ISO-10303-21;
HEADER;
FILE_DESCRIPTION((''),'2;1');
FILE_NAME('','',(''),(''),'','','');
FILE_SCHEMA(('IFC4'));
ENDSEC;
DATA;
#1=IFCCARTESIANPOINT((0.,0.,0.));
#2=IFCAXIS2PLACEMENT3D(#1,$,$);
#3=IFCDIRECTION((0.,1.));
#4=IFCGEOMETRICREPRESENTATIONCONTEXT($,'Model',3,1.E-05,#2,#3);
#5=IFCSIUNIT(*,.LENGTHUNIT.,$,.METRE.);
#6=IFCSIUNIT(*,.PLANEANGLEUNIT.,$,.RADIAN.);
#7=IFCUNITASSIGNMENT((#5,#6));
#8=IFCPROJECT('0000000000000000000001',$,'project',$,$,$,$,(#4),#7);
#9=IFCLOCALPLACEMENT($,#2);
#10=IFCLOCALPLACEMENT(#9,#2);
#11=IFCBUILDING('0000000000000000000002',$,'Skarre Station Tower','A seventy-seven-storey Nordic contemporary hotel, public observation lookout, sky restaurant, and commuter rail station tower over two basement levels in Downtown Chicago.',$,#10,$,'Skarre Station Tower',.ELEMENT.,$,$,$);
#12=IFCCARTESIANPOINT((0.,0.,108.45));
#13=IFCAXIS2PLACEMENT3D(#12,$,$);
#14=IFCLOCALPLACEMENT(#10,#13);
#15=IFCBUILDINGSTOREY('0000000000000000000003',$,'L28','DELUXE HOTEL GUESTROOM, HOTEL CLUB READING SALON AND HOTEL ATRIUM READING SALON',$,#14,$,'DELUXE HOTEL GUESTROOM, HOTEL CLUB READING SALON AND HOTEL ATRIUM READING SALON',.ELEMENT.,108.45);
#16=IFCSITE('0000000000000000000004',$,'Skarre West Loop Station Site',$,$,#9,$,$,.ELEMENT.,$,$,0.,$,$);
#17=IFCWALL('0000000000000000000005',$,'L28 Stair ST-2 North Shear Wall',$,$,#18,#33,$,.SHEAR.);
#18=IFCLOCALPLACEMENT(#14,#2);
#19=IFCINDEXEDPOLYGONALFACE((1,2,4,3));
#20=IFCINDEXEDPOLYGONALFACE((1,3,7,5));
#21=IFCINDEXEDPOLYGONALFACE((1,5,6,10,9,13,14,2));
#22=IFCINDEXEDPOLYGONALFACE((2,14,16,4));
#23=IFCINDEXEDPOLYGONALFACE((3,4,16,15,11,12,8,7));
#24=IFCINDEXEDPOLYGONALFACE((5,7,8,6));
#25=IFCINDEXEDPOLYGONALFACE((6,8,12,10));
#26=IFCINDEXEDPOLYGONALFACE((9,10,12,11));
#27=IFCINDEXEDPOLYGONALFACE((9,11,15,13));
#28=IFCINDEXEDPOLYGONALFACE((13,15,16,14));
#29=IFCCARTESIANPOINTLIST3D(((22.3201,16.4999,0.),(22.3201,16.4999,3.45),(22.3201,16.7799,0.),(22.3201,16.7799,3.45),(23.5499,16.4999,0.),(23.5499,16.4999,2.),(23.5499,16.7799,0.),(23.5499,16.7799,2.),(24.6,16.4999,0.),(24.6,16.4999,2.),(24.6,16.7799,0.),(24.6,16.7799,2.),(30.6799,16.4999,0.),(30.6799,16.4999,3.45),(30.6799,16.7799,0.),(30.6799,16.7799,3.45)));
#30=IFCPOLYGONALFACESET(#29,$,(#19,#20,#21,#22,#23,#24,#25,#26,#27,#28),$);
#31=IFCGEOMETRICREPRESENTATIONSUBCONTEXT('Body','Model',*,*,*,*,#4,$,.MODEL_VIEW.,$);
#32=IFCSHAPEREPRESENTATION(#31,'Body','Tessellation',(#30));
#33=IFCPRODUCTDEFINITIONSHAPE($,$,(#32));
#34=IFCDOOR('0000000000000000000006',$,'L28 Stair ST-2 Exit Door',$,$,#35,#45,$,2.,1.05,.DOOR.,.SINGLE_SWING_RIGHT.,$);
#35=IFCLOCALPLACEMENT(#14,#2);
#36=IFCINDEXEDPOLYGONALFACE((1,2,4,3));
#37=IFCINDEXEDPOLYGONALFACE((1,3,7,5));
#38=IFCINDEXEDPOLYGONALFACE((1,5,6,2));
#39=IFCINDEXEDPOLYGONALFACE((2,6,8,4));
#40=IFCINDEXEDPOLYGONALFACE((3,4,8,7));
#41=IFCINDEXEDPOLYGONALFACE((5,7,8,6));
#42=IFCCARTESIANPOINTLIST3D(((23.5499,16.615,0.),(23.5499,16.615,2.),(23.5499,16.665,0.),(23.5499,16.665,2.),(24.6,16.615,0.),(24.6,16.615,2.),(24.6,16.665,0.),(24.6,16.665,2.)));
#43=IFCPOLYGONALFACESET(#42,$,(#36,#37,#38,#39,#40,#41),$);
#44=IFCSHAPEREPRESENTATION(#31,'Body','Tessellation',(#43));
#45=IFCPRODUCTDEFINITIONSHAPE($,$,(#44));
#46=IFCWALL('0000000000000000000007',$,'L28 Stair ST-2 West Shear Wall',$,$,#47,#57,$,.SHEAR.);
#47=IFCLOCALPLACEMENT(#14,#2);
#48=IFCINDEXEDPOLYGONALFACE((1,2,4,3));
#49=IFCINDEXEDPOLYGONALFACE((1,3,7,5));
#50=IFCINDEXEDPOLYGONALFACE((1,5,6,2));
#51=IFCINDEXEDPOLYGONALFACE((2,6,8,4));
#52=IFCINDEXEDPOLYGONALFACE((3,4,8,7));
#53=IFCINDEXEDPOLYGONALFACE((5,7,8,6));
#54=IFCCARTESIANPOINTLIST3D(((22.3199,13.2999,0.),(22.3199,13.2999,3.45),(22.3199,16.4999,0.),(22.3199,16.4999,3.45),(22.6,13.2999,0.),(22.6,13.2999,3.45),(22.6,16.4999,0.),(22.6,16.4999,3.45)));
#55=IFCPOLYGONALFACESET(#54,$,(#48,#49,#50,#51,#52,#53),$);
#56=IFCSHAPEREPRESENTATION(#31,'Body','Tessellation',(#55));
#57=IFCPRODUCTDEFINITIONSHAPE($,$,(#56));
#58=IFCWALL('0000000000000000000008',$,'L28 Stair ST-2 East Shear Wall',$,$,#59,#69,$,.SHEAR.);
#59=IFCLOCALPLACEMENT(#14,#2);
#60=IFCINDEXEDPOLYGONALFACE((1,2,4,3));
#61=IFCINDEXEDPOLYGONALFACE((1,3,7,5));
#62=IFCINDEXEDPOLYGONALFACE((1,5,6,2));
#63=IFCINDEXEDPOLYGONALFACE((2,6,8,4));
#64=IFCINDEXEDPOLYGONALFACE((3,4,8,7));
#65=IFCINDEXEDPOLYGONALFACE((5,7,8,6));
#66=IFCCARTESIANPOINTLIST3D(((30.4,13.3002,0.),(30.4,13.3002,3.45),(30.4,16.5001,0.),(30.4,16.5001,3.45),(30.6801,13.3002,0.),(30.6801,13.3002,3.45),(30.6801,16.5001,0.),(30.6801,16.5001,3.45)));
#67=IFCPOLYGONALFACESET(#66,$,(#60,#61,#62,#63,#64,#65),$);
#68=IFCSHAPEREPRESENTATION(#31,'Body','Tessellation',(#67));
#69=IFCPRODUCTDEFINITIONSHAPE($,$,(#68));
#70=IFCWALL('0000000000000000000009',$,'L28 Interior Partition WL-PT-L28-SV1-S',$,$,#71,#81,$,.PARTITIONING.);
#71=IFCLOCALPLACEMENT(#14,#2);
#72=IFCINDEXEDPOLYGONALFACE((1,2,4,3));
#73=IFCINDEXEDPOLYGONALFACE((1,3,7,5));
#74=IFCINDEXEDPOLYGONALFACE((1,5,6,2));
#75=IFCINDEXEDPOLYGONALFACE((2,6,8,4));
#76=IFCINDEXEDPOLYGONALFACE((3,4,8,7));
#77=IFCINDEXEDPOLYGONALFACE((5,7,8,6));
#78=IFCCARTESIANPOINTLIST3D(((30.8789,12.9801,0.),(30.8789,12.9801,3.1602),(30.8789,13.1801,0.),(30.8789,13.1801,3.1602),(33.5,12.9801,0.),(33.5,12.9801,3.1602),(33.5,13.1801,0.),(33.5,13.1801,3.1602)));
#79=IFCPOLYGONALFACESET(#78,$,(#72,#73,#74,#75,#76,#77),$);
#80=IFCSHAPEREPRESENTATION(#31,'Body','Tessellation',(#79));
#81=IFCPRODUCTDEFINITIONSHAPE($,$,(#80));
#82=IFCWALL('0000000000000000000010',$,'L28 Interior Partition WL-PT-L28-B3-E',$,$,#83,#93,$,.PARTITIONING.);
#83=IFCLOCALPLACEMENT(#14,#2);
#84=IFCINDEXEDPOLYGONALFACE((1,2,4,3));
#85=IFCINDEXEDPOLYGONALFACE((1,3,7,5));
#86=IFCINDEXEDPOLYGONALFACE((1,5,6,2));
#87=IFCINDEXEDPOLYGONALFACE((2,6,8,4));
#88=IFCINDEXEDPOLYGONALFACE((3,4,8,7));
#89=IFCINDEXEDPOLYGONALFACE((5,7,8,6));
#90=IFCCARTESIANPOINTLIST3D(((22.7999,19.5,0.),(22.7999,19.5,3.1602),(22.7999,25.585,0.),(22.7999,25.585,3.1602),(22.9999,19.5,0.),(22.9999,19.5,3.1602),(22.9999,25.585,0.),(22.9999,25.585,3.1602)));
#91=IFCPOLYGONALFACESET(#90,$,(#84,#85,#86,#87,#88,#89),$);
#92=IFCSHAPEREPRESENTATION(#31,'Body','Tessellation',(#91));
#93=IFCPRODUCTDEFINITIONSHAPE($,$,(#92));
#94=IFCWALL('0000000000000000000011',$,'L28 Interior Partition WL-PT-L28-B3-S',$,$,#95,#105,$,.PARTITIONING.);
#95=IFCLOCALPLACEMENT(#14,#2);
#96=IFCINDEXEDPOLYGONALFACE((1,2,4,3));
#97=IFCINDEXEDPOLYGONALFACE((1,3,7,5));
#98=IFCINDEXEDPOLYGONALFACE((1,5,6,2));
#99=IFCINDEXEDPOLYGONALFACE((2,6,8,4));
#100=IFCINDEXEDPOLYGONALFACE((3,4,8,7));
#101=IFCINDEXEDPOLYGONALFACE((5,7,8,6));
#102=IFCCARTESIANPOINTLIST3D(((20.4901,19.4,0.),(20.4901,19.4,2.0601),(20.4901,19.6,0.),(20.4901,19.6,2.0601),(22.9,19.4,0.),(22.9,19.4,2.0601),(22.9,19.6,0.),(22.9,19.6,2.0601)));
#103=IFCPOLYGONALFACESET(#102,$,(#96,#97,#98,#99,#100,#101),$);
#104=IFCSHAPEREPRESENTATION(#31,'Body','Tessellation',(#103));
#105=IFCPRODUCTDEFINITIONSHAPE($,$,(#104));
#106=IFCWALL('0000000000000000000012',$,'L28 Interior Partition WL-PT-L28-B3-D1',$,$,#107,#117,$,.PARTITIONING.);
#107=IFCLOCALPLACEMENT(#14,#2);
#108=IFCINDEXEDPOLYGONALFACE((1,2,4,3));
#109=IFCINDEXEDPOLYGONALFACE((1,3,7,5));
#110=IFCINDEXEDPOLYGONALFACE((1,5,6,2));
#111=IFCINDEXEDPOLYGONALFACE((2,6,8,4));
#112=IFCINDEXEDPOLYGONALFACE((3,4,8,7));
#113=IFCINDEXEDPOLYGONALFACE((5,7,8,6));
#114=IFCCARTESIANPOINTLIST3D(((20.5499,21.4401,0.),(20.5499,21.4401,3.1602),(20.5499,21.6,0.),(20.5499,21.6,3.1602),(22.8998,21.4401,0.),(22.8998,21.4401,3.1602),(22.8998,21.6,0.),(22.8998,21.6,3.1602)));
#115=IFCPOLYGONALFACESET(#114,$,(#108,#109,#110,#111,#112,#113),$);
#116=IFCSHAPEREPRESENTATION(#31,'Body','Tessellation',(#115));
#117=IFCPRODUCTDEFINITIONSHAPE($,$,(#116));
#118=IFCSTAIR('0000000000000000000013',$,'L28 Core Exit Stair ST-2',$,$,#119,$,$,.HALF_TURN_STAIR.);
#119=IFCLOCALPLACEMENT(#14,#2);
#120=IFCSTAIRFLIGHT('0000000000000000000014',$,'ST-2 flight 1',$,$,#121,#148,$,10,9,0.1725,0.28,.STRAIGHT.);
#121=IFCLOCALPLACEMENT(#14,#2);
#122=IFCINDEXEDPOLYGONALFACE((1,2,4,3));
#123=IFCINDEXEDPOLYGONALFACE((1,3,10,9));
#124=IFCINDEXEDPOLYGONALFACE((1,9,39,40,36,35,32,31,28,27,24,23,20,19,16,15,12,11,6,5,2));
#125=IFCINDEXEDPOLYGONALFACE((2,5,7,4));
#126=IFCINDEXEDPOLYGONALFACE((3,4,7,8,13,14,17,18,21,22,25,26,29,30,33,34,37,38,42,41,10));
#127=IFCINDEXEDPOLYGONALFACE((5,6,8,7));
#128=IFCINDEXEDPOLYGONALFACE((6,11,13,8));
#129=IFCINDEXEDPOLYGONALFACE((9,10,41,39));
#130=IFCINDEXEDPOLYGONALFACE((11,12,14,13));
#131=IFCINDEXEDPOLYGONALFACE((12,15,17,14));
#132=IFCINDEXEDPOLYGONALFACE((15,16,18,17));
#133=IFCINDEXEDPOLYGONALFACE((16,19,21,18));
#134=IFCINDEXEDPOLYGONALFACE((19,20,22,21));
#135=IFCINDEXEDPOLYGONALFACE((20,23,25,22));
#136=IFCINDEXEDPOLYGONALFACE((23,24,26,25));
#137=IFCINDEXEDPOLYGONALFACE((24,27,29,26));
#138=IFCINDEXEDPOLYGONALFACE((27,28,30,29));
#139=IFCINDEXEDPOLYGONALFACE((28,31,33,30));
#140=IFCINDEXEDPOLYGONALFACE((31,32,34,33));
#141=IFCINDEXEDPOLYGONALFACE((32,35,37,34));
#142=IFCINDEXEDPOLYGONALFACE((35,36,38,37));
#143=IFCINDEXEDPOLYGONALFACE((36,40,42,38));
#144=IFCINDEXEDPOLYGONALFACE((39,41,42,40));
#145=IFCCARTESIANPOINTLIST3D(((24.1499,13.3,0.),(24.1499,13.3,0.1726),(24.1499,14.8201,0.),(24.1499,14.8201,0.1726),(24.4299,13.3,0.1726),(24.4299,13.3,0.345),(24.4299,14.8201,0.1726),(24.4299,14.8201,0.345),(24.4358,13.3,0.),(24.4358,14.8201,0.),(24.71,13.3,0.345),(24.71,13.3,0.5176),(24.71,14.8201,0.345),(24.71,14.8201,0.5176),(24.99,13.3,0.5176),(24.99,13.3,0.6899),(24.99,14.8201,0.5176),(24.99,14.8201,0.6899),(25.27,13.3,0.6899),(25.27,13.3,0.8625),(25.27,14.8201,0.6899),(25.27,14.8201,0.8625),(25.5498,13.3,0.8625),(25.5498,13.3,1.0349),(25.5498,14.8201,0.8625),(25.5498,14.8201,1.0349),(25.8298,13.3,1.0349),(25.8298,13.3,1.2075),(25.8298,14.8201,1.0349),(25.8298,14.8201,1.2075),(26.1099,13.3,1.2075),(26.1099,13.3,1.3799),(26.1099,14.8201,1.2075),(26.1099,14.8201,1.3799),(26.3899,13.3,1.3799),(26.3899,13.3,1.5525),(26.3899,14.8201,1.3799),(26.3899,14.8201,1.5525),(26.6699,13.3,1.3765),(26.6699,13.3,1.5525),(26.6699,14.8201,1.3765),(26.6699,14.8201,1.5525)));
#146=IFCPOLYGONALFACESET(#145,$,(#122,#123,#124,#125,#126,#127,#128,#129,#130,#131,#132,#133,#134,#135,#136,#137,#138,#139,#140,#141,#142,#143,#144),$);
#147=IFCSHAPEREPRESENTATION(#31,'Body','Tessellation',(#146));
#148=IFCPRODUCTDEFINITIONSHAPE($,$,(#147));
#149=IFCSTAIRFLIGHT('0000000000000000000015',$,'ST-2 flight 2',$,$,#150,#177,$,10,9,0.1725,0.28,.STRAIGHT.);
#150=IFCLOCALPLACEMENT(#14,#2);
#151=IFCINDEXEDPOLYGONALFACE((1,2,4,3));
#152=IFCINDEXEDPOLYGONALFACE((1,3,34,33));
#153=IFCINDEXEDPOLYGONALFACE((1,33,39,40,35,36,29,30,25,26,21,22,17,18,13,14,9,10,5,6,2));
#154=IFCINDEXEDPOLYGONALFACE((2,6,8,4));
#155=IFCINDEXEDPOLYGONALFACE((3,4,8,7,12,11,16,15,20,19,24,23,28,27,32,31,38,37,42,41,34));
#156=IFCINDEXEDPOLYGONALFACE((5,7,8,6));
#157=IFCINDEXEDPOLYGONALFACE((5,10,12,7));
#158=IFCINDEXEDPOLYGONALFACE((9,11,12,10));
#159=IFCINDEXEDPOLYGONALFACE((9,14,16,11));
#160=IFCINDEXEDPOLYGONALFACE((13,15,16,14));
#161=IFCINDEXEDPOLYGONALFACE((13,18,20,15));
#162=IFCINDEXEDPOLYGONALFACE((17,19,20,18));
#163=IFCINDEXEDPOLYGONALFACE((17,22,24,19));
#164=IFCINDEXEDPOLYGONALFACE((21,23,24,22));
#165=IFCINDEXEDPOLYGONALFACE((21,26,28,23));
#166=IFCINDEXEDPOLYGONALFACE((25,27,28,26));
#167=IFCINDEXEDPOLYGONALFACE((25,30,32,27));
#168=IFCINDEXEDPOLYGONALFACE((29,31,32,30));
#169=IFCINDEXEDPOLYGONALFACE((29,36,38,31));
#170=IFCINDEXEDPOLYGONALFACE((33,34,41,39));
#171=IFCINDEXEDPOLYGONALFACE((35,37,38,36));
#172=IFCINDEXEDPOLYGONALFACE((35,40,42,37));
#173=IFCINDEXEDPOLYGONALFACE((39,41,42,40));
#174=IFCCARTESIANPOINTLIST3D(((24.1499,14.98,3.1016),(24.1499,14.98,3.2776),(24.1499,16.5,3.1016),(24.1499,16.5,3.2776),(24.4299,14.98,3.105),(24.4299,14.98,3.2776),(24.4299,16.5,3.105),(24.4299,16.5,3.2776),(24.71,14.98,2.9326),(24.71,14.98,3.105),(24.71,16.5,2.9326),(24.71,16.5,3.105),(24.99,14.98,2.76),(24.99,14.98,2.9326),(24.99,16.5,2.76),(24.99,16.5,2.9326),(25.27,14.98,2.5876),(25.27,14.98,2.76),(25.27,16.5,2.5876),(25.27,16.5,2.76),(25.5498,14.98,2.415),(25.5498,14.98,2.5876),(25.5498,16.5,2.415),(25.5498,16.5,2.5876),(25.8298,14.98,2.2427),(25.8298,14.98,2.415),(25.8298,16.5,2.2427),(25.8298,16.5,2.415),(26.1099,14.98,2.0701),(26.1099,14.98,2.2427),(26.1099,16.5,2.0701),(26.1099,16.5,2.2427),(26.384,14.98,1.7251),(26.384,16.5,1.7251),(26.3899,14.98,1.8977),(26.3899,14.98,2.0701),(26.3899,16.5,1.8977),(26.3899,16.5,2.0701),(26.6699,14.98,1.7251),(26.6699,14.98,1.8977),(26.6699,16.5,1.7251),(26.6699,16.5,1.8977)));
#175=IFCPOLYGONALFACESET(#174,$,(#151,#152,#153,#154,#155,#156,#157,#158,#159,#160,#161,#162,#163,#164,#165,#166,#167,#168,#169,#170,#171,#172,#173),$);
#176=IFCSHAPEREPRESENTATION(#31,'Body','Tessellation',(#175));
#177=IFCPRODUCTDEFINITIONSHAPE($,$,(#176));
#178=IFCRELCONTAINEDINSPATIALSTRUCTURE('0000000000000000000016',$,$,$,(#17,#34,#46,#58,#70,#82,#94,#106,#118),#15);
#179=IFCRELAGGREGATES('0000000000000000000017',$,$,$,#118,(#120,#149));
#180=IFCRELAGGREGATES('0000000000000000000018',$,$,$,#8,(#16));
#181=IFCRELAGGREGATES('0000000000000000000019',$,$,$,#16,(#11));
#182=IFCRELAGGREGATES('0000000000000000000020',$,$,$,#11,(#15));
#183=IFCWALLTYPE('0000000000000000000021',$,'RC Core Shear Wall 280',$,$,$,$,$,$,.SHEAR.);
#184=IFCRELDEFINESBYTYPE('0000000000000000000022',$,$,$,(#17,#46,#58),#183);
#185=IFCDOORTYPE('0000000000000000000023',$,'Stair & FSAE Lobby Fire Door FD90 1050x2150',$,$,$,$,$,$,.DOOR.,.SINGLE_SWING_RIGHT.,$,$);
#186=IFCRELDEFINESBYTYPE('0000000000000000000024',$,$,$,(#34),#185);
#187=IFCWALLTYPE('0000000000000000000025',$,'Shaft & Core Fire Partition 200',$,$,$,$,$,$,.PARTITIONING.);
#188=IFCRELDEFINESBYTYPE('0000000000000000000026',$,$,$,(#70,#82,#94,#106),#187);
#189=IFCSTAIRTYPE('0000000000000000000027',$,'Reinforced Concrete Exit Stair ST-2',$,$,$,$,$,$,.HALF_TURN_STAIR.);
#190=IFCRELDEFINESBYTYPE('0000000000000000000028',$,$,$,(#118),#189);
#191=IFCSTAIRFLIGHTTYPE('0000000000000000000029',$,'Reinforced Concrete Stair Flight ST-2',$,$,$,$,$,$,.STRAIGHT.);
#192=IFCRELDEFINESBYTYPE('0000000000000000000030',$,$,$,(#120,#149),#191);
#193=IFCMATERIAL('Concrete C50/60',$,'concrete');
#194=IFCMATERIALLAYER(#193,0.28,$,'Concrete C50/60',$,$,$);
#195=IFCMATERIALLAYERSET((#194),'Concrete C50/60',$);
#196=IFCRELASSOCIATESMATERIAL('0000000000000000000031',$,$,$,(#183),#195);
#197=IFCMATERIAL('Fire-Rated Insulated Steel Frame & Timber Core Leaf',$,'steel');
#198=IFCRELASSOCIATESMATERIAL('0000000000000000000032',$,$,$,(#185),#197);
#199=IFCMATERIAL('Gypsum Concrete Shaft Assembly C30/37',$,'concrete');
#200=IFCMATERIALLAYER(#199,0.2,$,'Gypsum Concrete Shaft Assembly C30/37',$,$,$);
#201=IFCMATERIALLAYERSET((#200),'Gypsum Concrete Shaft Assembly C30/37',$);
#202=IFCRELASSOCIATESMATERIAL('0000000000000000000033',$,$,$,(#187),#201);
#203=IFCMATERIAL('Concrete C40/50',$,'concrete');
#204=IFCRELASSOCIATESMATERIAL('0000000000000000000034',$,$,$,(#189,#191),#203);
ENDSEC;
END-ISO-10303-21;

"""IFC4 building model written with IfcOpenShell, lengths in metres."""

from ifc_helpers import new_model, si_unit, direction, frame, frame_2d, origin, place, context, subcontext, project, spatial, polyline, rectangle, outline, extrude, material, layer, layer_set, type_object, element, fill, aggregate, save


model = new_model("IFC4")

# Units and contexts
model_context = context("Model", 3, precision=1e-05, world=origin(), true_north=direction((0.0, 1.0)))
body_context = subcontext(model_context, "Body", "Model", "MODEL_VIEW")
ifc_project = project(units=[si_unit("LENGTHUNIT", "METRE"), si_unit("PLANEANGLEUNIT", "RADIAN")], contexts=[model_context])

# Site, building, storey
site_placement = place(None, origin())
site = spatial("IfcSite", under=ifc_project, at=site_placement, Name="Skarre West Loop Station Site", CompositionType="ELEMENT", RefElevation=0.0)
building_placement = place(site_placement, origin())
building = spatial("IfcBuilding", under=site, at=building_placement, Name="Skarre Station Tower", Description="A seventy-seven-storey Nordic contemporary hotel, public observation lookout, sky restaurant, and commuter rail station tower over two basement levels in Downtown Chicago.", LongName="Skarre Station Tower", CompositionType="ELEMENT")
storey_placement = place(building_placement, frame((0.0, 0.0, 108.45)))
storey = spatial("IfcBuildingStorey", under=building, at=storey_placement, Name="L28", Description="DELUXE HOTEL GUESTROOM, HOTEL CLUB READING SALON AND HOTEL ATRIUM READING SALON", LongName="DELUXE HOTEL GUESTROOM, HOTEL CLUB READING SALON AND HOTEL ATRIUM READING SALON", CompositionType="ELEMENT", Elevation=108.45)

# Shared definitions
ifc_material_1 = material(Name="Concrete C50/60", Category="concrete")
ifc_layer_1 = layer(ifc_material_1, 0.28, Name="Concrete C50/60")
ifc_layer_set_1 = layer_set([ifc_layer_1], Name="Concrete C50/60")
wall_type_1 = type_object("IfcWallType", Name="RC Core Shear Wall 280", PredefinedType="SHEAR", material=ifc_layer_set_1)

# Wall, opening, door
wall_1_placement = place(storey_placement, frame((30.6799, 16.6399, 0.0), z_axis=(0.0, 0.0, 1.0), x_axis=(-1.0, 0.0, 0.0)))
wall_1 = element("IfcWall", 1, at=wall_1_placement, inside=storey, type_object=wall_type_1, Name="L28 Stair ST-2 North Shear Wall", PredefinedType="SHEAR", context=body_context, shape_type="SweptSolid", body=[
    extrude(rectangle(XDim=8.3599, YDim=0.28, at=frame_2d((4.1799, 0.0))), origin(), (0.0, 0.0, 1.0), 3.45),
])
opening_placement = place(wall_1_placement, frame((6.0801, 0.0, 0.0)))
opening = element("IfcOpeningElement", 2, at=opening_placement, cuts=wall_1, PredefinedType="OPENING", context=body_context, shape_type="SweptSolid", body=[
    extrude(rectangle(XDim=1.05, YDim=2.0, at=frame_2d((0.5249, 1.0))), frame((0.0, 0.1499, 0.0), z_axis=(0.0, -1.0, 0.0), x_axis=(1.0, 0.0, 0.0)), (0.0, 0.0, 1.0), 0.3),
])
ifc_material_2 = material(Name="Fire-Rated Insulated Steel Frame & Timber Core Leaf", Category="steel")
door_type = type_object("IfcDoorType", Name="Stair & FSAE Lobby Fire Door FD90 1050x2150", OperationType="SINGLE_SWING_RIGHT", PredefinedType="DOOR", material=ifc_material_2)
door_placement = place(opening_placement, origin())
door = element("IfcDoor", 3, at=door_placement, inside=storey, type_object=door_type, Name="L28 Stair ST-2 Exit Door", OperationType="SINGLE_SWING_RIGHT", OverallHeight=2.0, OverallWidth=1.05, PredefinedType="DOOR", context=body_context, shape_type="SweptSolid", body=[
    extrude(rectangle(XDim=1.05, YDim=2.0, at=frame_2d((0.5249, 1.0))), frame((0.0, 0.0249, 0.0), z_axis=(0.0, -1.0, 0.0), x_axis=(1.0, 0.0, 0.0)), (0.0, 0.0, 1.0), 0.05),
])
fill(opening, door)

# Walls
for number, where, z_axis, x_axis, name in (
    (4, (22.46, 16.5, 0.0), (0.0, 0.0, 1.0), (0.0, -1.0, 0.0), "L28 Stair ST-2 West Shear Wall"),
    (5, (30.54, 13.3, 0.0), (0.0, 0.0, 1.0), (0.0, 1.0, 0.0), "L28 Stair ST-2 East Shear Wall"),
):
    element("IfcWall", number, at=place(storey_placement, frame(where, z_axis=z_axis, x_axis=x_axis)), inside=storey, type_object=wall_type_1, Name=name, PredefinedType="SHEAR", context=body_context, shape_type="SweptSolid", body=[
        extrude(rectangle(XDim=3.2, YDim=0.28, at=frame_2d((1.6001, 0.0))), origin(), (0.0, 0.0, 1.0), 3.45),
    ])
ifc_material_3 = material(Name="Gypsum Concrete Shaft Assembly C30/37", Category="concrete")
ifc_layer_2 = layer(ifc_material_3, 0.2, Name="Gypsum Concrete Shaft Assembly C30/37")
ifc_layer_set_2 = layer_set([ifc_layer_2], Name="Gypsum Concrete Shaft Assembly C30/37")
wall_type_2 = type_object("IfcWallType", Name="Shaft & Core Fire Partition 200", PredefinedType="PARTITIONING", material=ifc_layer_set_2)
wall_2_placement = place(storey_placement, frame((30.8789, 13.0801, 0.0), z_axis=(0.0, 0.0, 1.0), x_axis=(1.0, 0.0, 0.0)))
element("IfcWall", 6, at=wall_2_placement, inside=storey, type_object=wall_type_2, Name="L28 Interior Partition WL-PT-L28-SV1-S", PredefinedType="PARTITIONING", context=body_context, shape_type="SweptSolid", body=[
    extrude(rectangle(XDim=2.6211, YDim=0.2, at=frame_2d((1.3105, 0.0))), origin(), (0.0, 0.0, 1.0), 3.1602),
])
wall_3_placement = place(storey_placement, frame((22.8999, 19.5, 0.0), z_axis=(0.0, 0.0, 1.0), x_axis=(0.0, 1.0, 0.0)))
element("IfcWall", 7, at=wall_3_placement, inside=storey, type_object=wall_type_2, Name="L28 Interior Partition WL-PT-L28-B3-E", PredefinedType="PARTITIONING", context=body_context, shape_type="SweptSolid", body=[
    extrude(rectangle(XDim=6.085, YDim=0.2, at=frame_2d((3.0425, 0.0))), origin(), (0.0, 0.0, 1.0), 3.1602),
])
wall_4_placement = place(storey_placement, frame((20.49, 19.5, 0.0), z_axis=(0.0, 0.0, 1.0), x_axis=(1.0, 0.0, 0.0)))
element("IfcWall", 8, at=wall_4_placement, inside=storey, type_object=wall_type_2, Name="L28 Interior Partition WL-PT-L28-B3-S", PredefinedType="PARTITIONING", context=body_context, shape_type="SweptSolid", body=[
    extrude(rectangle(XDim=2.4099, YDim=0.2, at=frame_2d((1.2051, 0.0))), origin(), (0.0, 0.0, 1.0), 2.0601),
])
wall_5_placement = place(storey_placement, frame((20.55, 21.52, 0.0), z_axis=(0.0, 0.0, 1.0), x_axis=(1.0, 0.0, 0.0)))
element("IfcWall", 9, at=wall_5_placement, inside=storey, type_object=wall_type_2, Name="L28 Interior Partition WL-PT-L28-B3-D1", PredefinedType="PARTITIONING", context=body_context, shape_type="SweptSolid", body=[
    extrude(rectangle(XDim=2.3499, YDim=0.1599, at=frame_2d((1.1748, 0.0))), origin(), (0.0, 0.0, 1.0), 3.1602),
])

# Stair, stair flights
ifc_material_4 = material(Name="Concrete C40/50", Category="concrete")
stair_type = type_object("IfcStairType", Name="Reinforced Concrete Exit Stair ST-2", PredefinedType="HALF_TURN_STAIR", material=ifc_material_4)
stair_placement = place(storey_placement, origin())
stair = element("IfcStair", 10, at=stair_placement, inside=storey, type_object=stair_type, Name="L28 Core Exit Stair ST-2", PredefinedType="HALF_TURN_STAIR")
stair_flight_type = type_object("IfcStairFlightType", Name="Reinforced Concrete Stair Flight ST-2", PredefinedType="STRAIGHT", material=ifc_material_4)
stair_flight_1_placement = place(storey_placement, frame((24.1499, 14.0601, 0.0), z_axis=(0.0, 0.0, 1.0), x_axis=(1.0, 0.0, 0.0)))
stair_flight_1 = element("IfcStairFlight", 11, at=stair_flight_1_placement, type_object=stair_flight_type, Name="ST-2 flight 1", NumberOfRisers=10, NumberOfTreads=9, PredefinedType="STRAIGHT", RiserHeight=0.1725, TreadLength=0.28, context=body_context, shape_type="SweptSolid", body=[
    extrude(outline(polyline([(0.0, 0.0), (0.0, 0.1726), (0.28, 0.1726), (0.28, 0.345), (0.5601, 0.345), (0.5601, 0.5176), (0.8401, 0.5176), (0.8401, 0.6899), (1.1201, 0.6899), (1.1201, 0.8625), (1.3999, 0.8625), (1.3999, 1.0349), (1.6799, 1.0349), (1.6799, 1.2075), (1.96, 1.2075), (1.96, 1.3799), (2.24, 1.3799), (2.24, 1.5525), (2.52, 1.5525), (2.52, 1.7251), (2.52, 1.3765), (0.2859, 0.0), (0.0, 0.0)])), frame((0.0, 0.76, 0.0), z_axis=(0.0, -1.0, 0.0), x_axis=(1.0, 0.0, 0.0)), (0.0, 0.0, 1.0), 1.52),
])
stair_flight_2_placement = place(storey_placement, frame((26.6699, 15.74, 1.7251), z_axis=(0.0, 0.0, 1.0), x_axis=(-1.0, 0.0, 0.0)))
stair_flight_2 = element("IfcStairFlight", 12, at=stair_flight_2_placement, type_object=stair_flight_type, Name="ST-2 flight 2", NumberOfRisers=10, NumberOfTreads=9, PredefinedType="STRAIGHT", RiserHeight=0.1725, TreadLength=0.28, context=body_context, shape_type="SweptSolid", body=[
    extrude(outline(polyline([(0.0, 0.0), (0.0, 0.1726), (0.28, 0.1726), (0.28, 0.345), (0.5601, 0.345), (0.5601, 0.5176), (0.8401, 0.5176), (0.8401, 0.6899), (1.1201, 0.6899), (1.1201, 0.8625), (1.3999, 0.8625), (1.3999, 1.0349), (1.6799, 1.0349), (1.6799, 1.2075), (1.96, 1.2075), (1.96, 1.3799), (2.24, 1.3799), (2.24, 1.5525), (2.52, 1.5525), (2.52, 1.7251), (2.52, 1.3765), (0.2859, 0.0), (0.0, 0.0)])), frame((0.0, 0.76, 0.0), z_axis=(0.0, -1.0, 0.0), x_axis=(1.0, 0.0, 0.0)), (0.0, 0.0, 1.0), 1.52),
])
aggregate(stair, [stair_flight_1, stair_flight_2])

save(model, "model.ifc")
